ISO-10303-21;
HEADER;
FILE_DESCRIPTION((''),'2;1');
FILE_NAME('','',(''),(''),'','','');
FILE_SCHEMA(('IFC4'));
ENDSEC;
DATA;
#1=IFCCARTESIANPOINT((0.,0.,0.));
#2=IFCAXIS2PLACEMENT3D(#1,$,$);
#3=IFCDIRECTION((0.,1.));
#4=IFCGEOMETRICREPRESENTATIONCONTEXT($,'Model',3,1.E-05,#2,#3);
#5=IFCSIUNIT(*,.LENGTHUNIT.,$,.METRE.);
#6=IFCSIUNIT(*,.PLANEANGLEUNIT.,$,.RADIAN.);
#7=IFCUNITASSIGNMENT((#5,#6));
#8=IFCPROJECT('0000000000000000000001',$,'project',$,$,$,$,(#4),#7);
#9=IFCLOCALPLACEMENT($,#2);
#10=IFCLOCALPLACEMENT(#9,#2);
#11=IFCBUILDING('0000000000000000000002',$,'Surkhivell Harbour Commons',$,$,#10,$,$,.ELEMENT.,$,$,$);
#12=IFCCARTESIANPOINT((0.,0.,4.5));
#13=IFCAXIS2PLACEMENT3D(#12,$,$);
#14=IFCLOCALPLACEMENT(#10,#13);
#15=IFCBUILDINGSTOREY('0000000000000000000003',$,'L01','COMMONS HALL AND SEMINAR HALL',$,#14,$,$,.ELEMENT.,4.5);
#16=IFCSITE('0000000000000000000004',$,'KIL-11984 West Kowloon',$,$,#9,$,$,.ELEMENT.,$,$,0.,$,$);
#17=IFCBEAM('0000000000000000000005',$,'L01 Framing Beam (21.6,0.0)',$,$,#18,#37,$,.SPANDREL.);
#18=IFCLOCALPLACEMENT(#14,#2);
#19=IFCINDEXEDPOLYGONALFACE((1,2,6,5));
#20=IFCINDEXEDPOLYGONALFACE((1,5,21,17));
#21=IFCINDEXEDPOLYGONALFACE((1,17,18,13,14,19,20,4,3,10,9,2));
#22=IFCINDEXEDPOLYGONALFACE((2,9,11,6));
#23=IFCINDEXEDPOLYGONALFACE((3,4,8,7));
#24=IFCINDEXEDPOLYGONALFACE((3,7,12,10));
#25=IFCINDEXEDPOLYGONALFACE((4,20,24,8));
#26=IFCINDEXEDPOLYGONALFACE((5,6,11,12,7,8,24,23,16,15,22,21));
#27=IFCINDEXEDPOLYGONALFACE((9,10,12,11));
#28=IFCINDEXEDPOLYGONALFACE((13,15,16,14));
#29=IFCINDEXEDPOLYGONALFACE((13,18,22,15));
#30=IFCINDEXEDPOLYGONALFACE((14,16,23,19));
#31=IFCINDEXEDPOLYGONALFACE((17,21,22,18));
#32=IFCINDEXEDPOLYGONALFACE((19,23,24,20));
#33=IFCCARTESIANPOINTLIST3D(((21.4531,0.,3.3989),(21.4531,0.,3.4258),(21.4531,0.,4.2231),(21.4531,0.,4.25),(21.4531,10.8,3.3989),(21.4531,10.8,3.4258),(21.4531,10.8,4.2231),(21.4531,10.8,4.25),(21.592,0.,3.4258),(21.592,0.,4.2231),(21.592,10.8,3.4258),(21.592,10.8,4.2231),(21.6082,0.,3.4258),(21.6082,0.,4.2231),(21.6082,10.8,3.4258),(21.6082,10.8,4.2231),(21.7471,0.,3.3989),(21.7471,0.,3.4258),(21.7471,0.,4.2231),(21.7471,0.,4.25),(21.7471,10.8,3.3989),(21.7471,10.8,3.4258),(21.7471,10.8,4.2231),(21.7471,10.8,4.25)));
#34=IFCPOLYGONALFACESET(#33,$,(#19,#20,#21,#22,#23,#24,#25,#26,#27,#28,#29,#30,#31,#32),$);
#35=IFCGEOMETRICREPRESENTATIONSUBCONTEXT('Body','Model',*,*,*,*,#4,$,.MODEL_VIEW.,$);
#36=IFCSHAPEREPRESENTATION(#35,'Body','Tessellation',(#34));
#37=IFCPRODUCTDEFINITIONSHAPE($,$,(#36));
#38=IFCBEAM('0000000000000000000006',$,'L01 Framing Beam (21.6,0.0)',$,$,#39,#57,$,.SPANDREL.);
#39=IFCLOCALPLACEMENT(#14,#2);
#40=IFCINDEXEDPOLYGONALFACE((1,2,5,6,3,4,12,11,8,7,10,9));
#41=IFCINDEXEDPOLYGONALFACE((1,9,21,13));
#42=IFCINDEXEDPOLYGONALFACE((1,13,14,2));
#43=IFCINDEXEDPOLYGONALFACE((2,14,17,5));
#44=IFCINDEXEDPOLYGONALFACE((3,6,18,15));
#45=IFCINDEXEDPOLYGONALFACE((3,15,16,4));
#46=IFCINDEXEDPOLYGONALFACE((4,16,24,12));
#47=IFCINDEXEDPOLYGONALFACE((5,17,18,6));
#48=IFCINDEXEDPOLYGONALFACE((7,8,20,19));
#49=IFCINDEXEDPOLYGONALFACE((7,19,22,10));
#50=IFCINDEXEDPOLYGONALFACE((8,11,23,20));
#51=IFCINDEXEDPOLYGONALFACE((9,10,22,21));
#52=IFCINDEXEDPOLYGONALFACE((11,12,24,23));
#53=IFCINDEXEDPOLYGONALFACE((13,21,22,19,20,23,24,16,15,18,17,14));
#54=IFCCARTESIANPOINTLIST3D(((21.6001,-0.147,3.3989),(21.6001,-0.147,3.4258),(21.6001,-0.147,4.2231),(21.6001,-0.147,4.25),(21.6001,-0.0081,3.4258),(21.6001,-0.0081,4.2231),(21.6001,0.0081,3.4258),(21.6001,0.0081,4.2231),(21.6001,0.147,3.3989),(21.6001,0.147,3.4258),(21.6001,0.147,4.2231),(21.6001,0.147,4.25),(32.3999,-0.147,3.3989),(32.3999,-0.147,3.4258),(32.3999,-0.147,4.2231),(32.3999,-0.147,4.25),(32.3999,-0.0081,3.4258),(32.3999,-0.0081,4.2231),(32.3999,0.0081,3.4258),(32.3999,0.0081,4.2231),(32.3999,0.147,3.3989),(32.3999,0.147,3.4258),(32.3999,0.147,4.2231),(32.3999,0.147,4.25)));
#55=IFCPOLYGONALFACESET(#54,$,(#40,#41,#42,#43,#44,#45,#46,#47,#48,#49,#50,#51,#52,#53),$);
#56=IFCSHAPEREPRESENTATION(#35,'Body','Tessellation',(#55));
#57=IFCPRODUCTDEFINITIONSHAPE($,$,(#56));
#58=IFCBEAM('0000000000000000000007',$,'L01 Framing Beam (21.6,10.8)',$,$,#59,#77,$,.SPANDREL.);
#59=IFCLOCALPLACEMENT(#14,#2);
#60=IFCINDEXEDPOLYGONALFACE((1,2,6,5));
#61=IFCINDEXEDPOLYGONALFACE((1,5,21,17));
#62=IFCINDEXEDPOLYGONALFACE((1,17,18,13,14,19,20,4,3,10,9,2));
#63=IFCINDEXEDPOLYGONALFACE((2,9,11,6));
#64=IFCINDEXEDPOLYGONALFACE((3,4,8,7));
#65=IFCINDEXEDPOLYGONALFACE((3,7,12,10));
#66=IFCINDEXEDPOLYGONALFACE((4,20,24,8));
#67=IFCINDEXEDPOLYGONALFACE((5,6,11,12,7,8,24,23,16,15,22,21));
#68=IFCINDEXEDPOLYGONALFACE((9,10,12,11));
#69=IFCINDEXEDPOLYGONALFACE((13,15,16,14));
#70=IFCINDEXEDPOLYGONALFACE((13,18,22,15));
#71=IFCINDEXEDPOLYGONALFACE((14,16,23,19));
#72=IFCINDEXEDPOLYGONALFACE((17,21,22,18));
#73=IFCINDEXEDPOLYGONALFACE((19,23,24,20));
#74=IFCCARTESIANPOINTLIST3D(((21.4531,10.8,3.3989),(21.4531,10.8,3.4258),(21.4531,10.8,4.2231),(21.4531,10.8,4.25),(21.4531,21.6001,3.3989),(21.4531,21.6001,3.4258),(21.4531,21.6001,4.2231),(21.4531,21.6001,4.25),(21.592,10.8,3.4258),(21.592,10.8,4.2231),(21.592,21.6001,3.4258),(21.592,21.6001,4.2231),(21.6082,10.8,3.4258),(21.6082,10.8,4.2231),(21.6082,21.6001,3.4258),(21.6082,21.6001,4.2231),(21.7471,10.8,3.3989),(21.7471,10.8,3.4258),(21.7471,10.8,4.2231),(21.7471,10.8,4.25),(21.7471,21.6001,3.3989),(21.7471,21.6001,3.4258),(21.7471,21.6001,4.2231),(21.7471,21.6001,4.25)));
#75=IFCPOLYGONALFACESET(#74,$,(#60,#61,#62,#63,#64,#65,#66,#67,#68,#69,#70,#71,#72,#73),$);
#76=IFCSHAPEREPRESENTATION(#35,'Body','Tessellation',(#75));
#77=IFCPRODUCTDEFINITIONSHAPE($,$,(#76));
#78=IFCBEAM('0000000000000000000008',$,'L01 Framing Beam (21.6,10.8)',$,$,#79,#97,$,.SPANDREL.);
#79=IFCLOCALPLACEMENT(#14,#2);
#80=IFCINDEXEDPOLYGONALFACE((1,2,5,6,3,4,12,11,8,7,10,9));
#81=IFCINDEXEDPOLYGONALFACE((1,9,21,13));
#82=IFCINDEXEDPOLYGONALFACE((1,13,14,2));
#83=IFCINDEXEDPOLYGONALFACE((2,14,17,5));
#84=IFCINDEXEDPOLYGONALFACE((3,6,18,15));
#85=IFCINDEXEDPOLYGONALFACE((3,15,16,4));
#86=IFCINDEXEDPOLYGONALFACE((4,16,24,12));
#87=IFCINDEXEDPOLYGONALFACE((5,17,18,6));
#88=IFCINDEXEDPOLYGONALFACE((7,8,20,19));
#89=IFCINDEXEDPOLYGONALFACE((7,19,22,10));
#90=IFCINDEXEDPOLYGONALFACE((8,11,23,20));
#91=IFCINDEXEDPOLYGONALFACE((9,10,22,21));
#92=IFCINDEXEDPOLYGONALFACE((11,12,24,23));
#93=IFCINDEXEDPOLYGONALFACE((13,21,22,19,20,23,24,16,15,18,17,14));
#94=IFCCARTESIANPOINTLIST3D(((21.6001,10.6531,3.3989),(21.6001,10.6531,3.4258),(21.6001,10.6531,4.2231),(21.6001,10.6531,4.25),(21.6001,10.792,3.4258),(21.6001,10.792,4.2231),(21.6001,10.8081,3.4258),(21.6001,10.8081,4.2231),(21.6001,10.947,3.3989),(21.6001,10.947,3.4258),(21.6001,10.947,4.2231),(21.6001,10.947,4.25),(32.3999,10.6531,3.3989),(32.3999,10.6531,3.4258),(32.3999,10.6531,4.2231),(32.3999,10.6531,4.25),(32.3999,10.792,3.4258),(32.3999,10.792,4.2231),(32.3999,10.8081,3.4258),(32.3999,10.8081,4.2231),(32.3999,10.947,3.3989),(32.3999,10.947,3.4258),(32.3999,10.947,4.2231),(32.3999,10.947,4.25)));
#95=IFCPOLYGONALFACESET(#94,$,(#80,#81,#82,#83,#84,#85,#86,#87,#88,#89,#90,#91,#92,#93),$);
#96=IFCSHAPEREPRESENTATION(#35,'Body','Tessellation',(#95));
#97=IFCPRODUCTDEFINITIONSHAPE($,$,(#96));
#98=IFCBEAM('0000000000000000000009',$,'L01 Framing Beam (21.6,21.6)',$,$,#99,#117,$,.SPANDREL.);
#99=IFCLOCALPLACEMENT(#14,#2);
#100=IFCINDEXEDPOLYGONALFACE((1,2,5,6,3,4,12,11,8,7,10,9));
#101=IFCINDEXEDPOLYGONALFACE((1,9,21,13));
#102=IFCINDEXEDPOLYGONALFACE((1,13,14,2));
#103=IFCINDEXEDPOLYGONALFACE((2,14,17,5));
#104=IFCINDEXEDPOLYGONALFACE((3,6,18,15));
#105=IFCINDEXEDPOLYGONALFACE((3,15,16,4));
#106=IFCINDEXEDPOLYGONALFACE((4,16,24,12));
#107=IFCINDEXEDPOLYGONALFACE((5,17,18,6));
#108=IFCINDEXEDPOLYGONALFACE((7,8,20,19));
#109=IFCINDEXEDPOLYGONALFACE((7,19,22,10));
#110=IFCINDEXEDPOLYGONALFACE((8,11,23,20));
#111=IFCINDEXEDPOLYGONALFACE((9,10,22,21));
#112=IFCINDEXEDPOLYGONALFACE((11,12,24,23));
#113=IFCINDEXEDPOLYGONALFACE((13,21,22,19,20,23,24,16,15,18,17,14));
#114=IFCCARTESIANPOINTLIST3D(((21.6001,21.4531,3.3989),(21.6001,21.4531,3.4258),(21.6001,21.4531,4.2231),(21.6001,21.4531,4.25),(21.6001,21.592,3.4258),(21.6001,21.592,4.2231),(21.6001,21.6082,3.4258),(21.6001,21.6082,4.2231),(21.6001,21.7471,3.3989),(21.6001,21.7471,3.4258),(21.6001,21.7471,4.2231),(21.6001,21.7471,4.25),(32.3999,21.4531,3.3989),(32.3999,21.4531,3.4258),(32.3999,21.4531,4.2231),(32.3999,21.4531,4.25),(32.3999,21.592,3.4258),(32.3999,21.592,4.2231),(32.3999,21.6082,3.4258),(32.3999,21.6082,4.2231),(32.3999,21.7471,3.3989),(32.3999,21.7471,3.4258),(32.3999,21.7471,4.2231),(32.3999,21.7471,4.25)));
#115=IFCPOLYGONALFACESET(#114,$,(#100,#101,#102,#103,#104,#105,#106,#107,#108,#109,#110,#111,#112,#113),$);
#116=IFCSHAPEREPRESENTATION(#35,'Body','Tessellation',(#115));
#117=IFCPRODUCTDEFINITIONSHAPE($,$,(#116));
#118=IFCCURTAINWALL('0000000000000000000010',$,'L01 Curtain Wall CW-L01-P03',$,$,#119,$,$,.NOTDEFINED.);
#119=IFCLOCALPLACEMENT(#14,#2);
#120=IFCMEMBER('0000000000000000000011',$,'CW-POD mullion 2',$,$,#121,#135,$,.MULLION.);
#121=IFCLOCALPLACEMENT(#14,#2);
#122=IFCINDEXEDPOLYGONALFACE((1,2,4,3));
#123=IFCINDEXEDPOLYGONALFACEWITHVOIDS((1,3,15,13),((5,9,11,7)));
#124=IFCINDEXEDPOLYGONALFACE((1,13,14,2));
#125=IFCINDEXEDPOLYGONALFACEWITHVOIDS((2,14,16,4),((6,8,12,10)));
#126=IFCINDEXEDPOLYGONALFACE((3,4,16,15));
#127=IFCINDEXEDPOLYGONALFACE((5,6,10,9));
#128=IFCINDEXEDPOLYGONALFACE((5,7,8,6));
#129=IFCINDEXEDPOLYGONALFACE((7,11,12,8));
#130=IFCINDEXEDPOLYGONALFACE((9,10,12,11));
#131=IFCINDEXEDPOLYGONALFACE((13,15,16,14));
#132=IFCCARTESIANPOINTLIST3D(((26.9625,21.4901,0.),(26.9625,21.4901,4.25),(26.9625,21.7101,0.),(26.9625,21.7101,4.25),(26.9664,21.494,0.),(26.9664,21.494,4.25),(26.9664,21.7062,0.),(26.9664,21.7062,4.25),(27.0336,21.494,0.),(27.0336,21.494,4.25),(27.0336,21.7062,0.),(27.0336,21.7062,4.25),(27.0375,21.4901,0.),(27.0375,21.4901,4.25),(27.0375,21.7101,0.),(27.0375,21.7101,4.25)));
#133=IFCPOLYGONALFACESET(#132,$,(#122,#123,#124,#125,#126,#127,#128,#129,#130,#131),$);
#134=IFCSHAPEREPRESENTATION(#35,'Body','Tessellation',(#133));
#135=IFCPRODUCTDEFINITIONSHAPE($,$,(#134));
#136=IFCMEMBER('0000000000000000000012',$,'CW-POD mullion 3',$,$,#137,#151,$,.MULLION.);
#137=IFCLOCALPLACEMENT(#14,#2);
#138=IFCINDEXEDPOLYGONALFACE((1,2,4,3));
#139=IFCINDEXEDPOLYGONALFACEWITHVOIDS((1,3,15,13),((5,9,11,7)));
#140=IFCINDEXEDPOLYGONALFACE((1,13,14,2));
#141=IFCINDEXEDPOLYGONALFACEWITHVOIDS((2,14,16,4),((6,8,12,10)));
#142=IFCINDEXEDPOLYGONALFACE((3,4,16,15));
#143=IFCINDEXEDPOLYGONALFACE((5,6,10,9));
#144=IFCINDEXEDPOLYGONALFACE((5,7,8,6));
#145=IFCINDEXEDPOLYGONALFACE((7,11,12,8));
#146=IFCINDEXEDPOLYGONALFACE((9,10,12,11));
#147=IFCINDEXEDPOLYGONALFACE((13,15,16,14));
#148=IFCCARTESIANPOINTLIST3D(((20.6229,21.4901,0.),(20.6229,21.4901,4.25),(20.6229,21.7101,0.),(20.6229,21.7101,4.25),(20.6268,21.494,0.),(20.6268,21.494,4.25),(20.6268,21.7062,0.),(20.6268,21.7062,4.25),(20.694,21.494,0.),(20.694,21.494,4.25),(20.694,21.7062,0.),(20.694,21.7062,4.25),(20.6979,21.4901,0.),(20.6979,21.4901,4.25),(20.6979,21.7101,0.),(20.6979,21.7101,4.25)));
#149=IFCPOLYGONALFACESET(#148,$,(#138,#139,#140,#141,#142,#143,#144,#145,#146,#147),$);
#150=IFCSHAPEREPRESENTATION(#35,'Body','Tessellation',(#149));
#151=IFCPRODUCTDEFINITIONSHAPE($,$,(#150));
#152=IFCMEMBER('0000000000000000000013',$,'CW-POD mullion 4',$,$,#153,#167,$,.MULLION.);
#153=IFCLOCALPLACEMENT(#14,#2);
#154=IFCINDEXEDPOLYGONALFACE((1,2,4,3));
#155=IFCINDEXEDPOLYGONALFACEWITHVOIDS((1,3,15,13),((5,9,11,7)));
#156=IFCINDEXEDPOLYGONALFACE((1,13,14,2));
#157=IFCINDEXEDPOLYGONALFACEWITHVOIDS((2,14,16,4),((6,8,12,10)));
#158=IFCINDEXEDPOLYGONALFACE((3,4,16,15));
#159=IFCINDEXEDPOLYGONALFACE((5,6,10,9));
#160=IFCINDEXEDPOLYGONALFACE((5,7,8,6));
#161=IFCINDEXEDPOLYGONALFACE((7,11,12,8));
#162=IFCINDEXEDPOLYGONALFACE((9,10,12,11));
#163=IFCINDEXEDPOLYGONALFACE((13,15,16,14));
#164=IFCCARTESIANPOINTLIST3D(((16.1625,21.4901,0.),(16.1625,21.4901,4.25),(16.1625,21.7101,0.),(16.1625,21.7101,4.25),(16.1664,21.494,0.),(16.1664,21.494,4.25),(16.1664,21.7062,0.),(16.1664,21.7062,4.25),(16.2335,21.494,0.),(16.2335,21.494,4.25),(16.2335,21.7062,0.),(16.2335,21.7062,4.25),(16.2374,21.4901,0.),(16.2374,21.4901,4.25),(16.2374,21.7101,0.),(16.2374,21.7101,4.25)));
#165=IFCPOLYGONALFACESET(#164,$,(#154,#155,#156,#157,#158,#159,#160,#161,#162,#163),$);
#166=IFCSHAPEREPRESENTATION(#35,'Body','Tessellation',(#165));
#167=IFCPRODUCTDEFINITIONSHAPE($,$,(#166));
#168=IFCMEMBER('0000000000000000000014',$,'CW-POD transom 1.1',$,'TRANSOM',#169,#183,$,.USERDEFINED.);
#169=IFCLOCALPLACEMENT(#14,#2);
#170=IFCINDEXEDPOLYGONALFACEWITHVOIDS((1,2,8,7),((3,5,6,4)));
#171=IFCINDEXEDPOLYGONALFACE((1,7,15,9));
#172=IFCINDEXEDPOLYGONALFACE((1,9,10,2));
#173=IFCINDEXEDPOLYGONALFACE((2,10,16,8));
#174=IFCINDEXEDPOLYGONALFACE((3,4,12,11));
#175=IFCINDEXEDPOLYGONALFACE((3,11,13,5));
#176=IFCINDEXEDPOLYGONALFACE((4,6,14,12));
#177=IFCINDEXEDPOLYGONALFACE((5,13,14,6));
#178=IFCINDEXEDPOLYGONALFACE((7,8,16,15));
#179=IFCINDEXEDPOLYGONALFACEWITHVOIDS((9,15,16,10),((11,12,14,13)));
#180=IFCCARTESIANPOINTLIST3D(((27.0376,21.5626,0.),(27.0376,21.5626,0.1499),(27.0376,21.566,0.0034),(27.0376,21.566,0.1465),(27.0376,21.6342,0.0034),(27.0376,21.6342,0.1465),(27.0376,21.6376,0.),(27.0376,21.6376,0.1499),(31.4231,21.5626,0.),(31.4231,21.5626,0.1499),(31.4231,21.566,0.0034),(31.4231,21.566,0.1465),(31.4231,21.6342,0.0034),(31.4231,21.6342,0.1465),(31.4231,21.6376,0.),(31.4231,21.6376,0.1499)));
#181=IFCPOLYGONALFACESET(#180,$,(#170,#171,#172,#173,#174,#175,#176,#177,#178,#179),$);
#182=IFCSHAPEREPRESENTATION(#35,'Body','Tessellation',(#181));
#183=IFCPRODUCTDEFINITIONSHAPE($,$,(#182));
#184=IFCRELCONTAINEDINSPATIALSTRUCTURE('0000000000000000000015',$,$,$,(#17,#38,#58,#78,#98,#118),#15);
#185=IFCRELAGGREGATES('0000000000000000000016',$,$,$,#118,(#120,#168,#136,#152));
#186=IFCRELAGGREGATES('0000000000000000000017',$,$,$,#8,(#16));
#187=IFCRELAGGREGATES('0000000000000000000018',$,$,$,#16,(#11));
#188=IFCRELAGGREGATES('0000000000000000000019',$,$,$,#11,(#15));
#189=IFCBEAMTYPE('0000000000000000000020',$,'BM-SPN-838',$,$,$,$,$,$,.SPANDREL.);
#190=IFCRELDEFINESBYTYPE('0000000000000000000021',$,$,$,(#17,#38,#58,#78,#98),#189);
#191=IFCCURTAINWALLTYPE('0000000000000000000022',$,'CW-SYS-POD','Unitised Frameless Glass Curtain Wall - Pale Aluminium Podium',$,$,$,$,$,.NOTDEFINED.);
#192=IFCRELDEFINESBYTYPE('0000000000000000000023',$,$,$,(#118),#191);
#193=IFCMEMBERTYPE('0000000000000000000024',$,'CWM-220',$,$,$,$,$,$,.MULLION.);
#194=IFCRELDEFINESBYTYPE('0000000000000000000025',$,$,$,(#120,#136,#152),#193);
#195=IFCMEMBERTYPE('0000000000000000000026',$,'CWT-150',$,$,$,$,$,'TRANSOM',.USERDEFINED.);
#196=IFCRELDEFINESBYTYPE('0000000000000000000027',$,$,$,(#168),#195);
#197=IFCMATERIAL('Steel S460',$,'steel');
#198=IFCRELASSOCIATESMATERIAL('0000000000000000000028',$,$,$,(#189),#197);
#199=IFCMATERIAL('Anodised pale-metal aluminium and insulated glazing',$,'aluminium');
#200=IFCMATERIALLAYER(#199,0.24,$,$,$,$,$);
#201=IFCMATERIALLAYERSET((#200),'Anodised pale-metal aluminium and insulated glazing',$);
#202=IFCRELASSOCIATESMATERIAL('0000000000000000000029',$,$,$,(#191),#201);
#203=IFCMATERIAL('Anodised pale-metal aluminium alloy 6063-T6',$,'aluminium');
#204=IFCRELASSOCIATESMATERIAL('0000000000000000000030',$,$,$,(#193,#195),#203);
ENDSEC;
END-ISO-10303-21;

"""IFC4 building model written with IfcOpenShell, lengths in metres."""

from ifc_helpers import new_model, si_unit, direction, frame, origin, origin_2d, place, context, subcontext, project, spatial, hollow_rectangle, i_section, extrude, material, layer, layer_set, material_profile, profile_set, type_object, element, aggregate, save


model = new_model("IFC4")

# Units and contexts
model_context = context("Model", 3, precision=1e-05, world=origin(), true_north=direction((0.0, 1.0)))
body_context = subcontext(model_context, "Body", "Model", "MODEL_VIEW")
ifc_project = project(units=[si_unit("LENGTHUNIT", "METRE"), si_unit("PLANEANGLEUNIT", "RADIAN")], contexts=[model_context])

# Site, building, storey
site_placement = place(None, origin())
site = spatial("IfcSite", under=ifc_project, at=site_placement, Name="KIL-11984 West Kowloon", CompositionType="ELEMENT", RefElevation=0.0)
building_placement = place(site_placement, origin())
building = spatial("IfcBuilding", under=site, at=building_placement, Name="Surkhivell Harbour Commons", CompositionType="ELEMENT")
storey_placement = place(building_placement, frame((0.0, 0.0, 4.5)))
storey = spatial("IfcBuildingStorey", under=building, at=storey_placement, Name="L01", Description="COMMONS HALL AND SEMINAR HALL", CompositionType="ELEMENT", Elevation=4.5)

# Beams
ifc_material_1 = material(Name="Steel S460", Category="steel")
ifc_material_profile_1 = material_profile(ifc_material_1, i_section(OverallWidth=0.2939, OverallDepth=0.8511, WebThickness=0.0161, FlangeThickness=0.0269, at=origin_2d()), Name="UB838x292x226")
ifc_profile_set_1 = profile_set([ifc_material_profile_1], Name="Steel S460")
beam_type = type_object("IfcBeamType", Name="BM-SPN-838", PredefinedType="SPANDREL", material=ifc_profile_set_1)
beam_1_placement = place(storey_placement, frame((21.6001, 0.0, 3.8245), z_axis=(0.0, 1.0, 0.0), x_axis=(-1.0, 0.0, 0.0)))
element("IfcBeam", 1, at=beam_1_placement, inside=storey, type_object=beam_type, Name="L01 Framing Beam (21.6,0.0)", PredefinedType="SPANDREL", context=body_context, shape_type="SweptSolid", body=[
    extrude(i_section(OverallWidth=0.2939, OverallDepth=0.8511, WebThickness=0.0161, FlangeThickness=0.0269, at=origin_2d()), origin(), (0.0, 0.0, 1.0), 10.8),
])
beam_2_placement = place(storey_placement, frame((21.6001, 0.0, 3.8245), z_axis=(1.0, 0.0, 0.0), x_axis=(0.0, 1.0, 0.0)))
element("IfcBeam", 2, at=beam_2_placement, inside=storey, type_object=beam_type, Name="L01 Framing Beam (21.6,0.0)", PredefinedType="SPANDREL", context=body_context, shape_type="SweptSolid", body=[
    extrude(i_section(OverallWidth=0.2939, OverallDepth=0.8511, WebThickness=0.0161, FlangeThickness=0.0269, at=origin_2d()), origin(), (0.0, 0.0, 1.0), 10.7998),
])
beam_3_placement = place(storey_placement, frame((21.6001, 10.8, 3.8245), z_axis=(0.0, 1.0, 0.0), x_axis=(-1.0, 0.0, 0.0)))
element("IfcBeam", 3, at=beam_3_placement, inside=storey, type_object=beam_type, Name="L01 Framing Beam (21.6,10.8)", PredefinedType="SPANDREL", context=body_context, shape_type="SweptSolid", body=[
    extrude(i_section(OverallWidth=0.2939, OverallDepth=0.8511, WebThickness=0.0161, FlangeThickness=0.0269, at=origin_2d()), origin(), (0.0, 0.0, 1.0), 10.8),
])
for number, where, z_axis, x_axis, name in (
    (4, (21.6001, 10.8, 3.8245), (1.0, 0.0, 0.0), (0.0, 1.0, 0.0), "L01 Framing Beam (21.6,10.8)"),
    (5, (21.6001, 21.6001, 3.8245), (1.0, 0.0, 0.0), (0.0, 1.0, 0.0), "L01 Framing Beam (21.6,21.6)"),
):
    element("IfcBeam", number, at=place(storey_placement, frame(where, z_axis=z_axis, x_axis=x_axis)), inside=storey, type_object=beam_type, Name=name, PredefinedType="SPANDREL", context=body_context, shape_type="SweptSolid", body=[
        extrude(i_section(OverallWidth=0.2939, OverallDepth=0.8511, WebThickness=0.0161, FlangeThickness=0.0269, at=origin_2d()), origin(), (0.0, 0.0, 1.0), 10.7998),
    ])

# Curtain wall, members
ifc_material_2 = material(Name="Anodised pale-metal aluminium and insulated glazing", Category="aluminium")
ifc_layer_1 = layer(ifc_material_2, 0.24)
ifc_layer_set_1 = layer_set([ifc_layer_1], Name="Anodised pale-metal aluminium and insulated glazing")
curtain_wall_type = type_object("IfcCurtainWallType", Name="CW-SYS-POD", Description="Unitised Frameless Glass Curtain Wall - Pale Aluminium Podium", PredefinedType="NOTDEFINED", material=ifc_layer_set_1)
curtain_wall_placement = place(storey_placement, origin())
curtain_wall = element("IfcCurtainWall", 6, at=curtain_wall_placement, inside=storey, type_object=curtain_wall_type, Name="L01 Curtain Wall CW-L01-P03", PredefinedType="NOTDEFINED")
ifc_material_3 = material(Name="Anodised pale-metal aluminium alloy 6063-T6", Category="aluminium")
ifc_material_profile_2 = material_profile(ifc_material_3, hollow_rectangle(XDim=0.075, YDim=0.22, WallThickness=0.0039, at=origin_2d()), Name="ALU-MULL-75x220")
ifc_profile_set_2 = profile_set([ifc_material_profile_2], Name="Anodised pale-metal aluminium alloy 6063-T6")
member_type_1 = type_object("IfcMemberType", Name="CWM-220", PredefinedType="MULLION", material=ifc_profile_set_2)
member_1_placement = place(storey_placement, frame((27.0, 21.6001, 0.0), z_axis=(0.0, 0.0, 1.0), x_axis=(-1.0, 0.0, 0.0)))
member_1 = element("IfcMember", 7, at=member_1_placement, type_object=member_type_1, Name="CW-POD mullion 2", PredefinedType="MULLION", context=body_context, shape_type="SweptSolid", body=[
    extrude(hollow_rectangle(XDim=0.075, YDim=0.22, WallThickness=0.0039, at=origin_2d()), origin(), (0.0, 0.0, 1.0), 4.25),
])
member_2_placement = place(storey_placement, frame((20.6604, 21.6001, 0.0), z_axis=(0.0, 0.0, 1.0), x_axis=(-1.0, 0.0, 0.0)))
member_2 = element("IfcMember", 8, at=member_2_placement, type_object=member_type_1, Name="CW-POD mullion 3", PredefinedType="MULLION", context=body_context, shape_type="SweptSolid", body=[
    extrude(hollow_rectangle(XDim=0.075, YDim=0.22, WallThickness=0.0039, at=origin_2d()), origin(), (0.0, 0.0, 1.0), 4.25),
])
member_3_placement = place(storey_placement, frame((16.2, 21.6001, 0.0), z_axis=(0.0, 0.0, 1.0), x_axis=(-1.0, 0.0, 0.0)))
member_3 = element("IfcMember", 9, at=member_3_placement, type_object=member_type_1, Name="CW-POD mullion 4", PredefinedType="MULLION", context=body_context, shape_type="SweptSolid", body=[
    extrude(hollow_rectangle(XDim=0.075, YDim=0.22, WallThickness=0.0039, at=origin_2d()), origin(), (0.0, 0.0, 1.0), 4.25),
])
ifc_material_profile_3 = material_profile(ifc_material_3, hollow_rectangle(XDim=0.075, YDim=0.1499, WallThickness=0.0034, at=origin_2d()), Name="ALU-TRAN-75x150")
ifc_profile_set_3 = profile_set([ifc_material_profile_3], Name="Anodised pale-metal aluminium alloy 6063-T6")
member_type_2 = type_object("IfcMemberType", Name="CWT-150", ElementType="TRANSOM", PredefinedType="USERDEFINED", material=ifc_profile_set_3)
member_4_placement = place(storey_placement, frame((31.4231, 21.6001, 0.075), z_axis=(-1.0, 0.0, 0.0), x_axis=(0.0, -1.0, 0.0)))
member_4 = element("IfcMember", 10, at=member_4_placement, type_object=member_type_2, Name="CW-POD transom 1.1", ObjectType="TRANSOM", PredefinedType="USERDEFINED", context=body_context, shape_type="SweptSolid", body=[
    extrude(hollow_rectangle(XDim=0.075, YDim=0.1499, WallThickness=0.0034, at=origin_2d()), origin(), (0.0, 0.0, 1.0), 4.3855),
])
aggregate(curtain_wall, [member_1, member_4, member_2, member_3])

save(model, "model.ifc")
